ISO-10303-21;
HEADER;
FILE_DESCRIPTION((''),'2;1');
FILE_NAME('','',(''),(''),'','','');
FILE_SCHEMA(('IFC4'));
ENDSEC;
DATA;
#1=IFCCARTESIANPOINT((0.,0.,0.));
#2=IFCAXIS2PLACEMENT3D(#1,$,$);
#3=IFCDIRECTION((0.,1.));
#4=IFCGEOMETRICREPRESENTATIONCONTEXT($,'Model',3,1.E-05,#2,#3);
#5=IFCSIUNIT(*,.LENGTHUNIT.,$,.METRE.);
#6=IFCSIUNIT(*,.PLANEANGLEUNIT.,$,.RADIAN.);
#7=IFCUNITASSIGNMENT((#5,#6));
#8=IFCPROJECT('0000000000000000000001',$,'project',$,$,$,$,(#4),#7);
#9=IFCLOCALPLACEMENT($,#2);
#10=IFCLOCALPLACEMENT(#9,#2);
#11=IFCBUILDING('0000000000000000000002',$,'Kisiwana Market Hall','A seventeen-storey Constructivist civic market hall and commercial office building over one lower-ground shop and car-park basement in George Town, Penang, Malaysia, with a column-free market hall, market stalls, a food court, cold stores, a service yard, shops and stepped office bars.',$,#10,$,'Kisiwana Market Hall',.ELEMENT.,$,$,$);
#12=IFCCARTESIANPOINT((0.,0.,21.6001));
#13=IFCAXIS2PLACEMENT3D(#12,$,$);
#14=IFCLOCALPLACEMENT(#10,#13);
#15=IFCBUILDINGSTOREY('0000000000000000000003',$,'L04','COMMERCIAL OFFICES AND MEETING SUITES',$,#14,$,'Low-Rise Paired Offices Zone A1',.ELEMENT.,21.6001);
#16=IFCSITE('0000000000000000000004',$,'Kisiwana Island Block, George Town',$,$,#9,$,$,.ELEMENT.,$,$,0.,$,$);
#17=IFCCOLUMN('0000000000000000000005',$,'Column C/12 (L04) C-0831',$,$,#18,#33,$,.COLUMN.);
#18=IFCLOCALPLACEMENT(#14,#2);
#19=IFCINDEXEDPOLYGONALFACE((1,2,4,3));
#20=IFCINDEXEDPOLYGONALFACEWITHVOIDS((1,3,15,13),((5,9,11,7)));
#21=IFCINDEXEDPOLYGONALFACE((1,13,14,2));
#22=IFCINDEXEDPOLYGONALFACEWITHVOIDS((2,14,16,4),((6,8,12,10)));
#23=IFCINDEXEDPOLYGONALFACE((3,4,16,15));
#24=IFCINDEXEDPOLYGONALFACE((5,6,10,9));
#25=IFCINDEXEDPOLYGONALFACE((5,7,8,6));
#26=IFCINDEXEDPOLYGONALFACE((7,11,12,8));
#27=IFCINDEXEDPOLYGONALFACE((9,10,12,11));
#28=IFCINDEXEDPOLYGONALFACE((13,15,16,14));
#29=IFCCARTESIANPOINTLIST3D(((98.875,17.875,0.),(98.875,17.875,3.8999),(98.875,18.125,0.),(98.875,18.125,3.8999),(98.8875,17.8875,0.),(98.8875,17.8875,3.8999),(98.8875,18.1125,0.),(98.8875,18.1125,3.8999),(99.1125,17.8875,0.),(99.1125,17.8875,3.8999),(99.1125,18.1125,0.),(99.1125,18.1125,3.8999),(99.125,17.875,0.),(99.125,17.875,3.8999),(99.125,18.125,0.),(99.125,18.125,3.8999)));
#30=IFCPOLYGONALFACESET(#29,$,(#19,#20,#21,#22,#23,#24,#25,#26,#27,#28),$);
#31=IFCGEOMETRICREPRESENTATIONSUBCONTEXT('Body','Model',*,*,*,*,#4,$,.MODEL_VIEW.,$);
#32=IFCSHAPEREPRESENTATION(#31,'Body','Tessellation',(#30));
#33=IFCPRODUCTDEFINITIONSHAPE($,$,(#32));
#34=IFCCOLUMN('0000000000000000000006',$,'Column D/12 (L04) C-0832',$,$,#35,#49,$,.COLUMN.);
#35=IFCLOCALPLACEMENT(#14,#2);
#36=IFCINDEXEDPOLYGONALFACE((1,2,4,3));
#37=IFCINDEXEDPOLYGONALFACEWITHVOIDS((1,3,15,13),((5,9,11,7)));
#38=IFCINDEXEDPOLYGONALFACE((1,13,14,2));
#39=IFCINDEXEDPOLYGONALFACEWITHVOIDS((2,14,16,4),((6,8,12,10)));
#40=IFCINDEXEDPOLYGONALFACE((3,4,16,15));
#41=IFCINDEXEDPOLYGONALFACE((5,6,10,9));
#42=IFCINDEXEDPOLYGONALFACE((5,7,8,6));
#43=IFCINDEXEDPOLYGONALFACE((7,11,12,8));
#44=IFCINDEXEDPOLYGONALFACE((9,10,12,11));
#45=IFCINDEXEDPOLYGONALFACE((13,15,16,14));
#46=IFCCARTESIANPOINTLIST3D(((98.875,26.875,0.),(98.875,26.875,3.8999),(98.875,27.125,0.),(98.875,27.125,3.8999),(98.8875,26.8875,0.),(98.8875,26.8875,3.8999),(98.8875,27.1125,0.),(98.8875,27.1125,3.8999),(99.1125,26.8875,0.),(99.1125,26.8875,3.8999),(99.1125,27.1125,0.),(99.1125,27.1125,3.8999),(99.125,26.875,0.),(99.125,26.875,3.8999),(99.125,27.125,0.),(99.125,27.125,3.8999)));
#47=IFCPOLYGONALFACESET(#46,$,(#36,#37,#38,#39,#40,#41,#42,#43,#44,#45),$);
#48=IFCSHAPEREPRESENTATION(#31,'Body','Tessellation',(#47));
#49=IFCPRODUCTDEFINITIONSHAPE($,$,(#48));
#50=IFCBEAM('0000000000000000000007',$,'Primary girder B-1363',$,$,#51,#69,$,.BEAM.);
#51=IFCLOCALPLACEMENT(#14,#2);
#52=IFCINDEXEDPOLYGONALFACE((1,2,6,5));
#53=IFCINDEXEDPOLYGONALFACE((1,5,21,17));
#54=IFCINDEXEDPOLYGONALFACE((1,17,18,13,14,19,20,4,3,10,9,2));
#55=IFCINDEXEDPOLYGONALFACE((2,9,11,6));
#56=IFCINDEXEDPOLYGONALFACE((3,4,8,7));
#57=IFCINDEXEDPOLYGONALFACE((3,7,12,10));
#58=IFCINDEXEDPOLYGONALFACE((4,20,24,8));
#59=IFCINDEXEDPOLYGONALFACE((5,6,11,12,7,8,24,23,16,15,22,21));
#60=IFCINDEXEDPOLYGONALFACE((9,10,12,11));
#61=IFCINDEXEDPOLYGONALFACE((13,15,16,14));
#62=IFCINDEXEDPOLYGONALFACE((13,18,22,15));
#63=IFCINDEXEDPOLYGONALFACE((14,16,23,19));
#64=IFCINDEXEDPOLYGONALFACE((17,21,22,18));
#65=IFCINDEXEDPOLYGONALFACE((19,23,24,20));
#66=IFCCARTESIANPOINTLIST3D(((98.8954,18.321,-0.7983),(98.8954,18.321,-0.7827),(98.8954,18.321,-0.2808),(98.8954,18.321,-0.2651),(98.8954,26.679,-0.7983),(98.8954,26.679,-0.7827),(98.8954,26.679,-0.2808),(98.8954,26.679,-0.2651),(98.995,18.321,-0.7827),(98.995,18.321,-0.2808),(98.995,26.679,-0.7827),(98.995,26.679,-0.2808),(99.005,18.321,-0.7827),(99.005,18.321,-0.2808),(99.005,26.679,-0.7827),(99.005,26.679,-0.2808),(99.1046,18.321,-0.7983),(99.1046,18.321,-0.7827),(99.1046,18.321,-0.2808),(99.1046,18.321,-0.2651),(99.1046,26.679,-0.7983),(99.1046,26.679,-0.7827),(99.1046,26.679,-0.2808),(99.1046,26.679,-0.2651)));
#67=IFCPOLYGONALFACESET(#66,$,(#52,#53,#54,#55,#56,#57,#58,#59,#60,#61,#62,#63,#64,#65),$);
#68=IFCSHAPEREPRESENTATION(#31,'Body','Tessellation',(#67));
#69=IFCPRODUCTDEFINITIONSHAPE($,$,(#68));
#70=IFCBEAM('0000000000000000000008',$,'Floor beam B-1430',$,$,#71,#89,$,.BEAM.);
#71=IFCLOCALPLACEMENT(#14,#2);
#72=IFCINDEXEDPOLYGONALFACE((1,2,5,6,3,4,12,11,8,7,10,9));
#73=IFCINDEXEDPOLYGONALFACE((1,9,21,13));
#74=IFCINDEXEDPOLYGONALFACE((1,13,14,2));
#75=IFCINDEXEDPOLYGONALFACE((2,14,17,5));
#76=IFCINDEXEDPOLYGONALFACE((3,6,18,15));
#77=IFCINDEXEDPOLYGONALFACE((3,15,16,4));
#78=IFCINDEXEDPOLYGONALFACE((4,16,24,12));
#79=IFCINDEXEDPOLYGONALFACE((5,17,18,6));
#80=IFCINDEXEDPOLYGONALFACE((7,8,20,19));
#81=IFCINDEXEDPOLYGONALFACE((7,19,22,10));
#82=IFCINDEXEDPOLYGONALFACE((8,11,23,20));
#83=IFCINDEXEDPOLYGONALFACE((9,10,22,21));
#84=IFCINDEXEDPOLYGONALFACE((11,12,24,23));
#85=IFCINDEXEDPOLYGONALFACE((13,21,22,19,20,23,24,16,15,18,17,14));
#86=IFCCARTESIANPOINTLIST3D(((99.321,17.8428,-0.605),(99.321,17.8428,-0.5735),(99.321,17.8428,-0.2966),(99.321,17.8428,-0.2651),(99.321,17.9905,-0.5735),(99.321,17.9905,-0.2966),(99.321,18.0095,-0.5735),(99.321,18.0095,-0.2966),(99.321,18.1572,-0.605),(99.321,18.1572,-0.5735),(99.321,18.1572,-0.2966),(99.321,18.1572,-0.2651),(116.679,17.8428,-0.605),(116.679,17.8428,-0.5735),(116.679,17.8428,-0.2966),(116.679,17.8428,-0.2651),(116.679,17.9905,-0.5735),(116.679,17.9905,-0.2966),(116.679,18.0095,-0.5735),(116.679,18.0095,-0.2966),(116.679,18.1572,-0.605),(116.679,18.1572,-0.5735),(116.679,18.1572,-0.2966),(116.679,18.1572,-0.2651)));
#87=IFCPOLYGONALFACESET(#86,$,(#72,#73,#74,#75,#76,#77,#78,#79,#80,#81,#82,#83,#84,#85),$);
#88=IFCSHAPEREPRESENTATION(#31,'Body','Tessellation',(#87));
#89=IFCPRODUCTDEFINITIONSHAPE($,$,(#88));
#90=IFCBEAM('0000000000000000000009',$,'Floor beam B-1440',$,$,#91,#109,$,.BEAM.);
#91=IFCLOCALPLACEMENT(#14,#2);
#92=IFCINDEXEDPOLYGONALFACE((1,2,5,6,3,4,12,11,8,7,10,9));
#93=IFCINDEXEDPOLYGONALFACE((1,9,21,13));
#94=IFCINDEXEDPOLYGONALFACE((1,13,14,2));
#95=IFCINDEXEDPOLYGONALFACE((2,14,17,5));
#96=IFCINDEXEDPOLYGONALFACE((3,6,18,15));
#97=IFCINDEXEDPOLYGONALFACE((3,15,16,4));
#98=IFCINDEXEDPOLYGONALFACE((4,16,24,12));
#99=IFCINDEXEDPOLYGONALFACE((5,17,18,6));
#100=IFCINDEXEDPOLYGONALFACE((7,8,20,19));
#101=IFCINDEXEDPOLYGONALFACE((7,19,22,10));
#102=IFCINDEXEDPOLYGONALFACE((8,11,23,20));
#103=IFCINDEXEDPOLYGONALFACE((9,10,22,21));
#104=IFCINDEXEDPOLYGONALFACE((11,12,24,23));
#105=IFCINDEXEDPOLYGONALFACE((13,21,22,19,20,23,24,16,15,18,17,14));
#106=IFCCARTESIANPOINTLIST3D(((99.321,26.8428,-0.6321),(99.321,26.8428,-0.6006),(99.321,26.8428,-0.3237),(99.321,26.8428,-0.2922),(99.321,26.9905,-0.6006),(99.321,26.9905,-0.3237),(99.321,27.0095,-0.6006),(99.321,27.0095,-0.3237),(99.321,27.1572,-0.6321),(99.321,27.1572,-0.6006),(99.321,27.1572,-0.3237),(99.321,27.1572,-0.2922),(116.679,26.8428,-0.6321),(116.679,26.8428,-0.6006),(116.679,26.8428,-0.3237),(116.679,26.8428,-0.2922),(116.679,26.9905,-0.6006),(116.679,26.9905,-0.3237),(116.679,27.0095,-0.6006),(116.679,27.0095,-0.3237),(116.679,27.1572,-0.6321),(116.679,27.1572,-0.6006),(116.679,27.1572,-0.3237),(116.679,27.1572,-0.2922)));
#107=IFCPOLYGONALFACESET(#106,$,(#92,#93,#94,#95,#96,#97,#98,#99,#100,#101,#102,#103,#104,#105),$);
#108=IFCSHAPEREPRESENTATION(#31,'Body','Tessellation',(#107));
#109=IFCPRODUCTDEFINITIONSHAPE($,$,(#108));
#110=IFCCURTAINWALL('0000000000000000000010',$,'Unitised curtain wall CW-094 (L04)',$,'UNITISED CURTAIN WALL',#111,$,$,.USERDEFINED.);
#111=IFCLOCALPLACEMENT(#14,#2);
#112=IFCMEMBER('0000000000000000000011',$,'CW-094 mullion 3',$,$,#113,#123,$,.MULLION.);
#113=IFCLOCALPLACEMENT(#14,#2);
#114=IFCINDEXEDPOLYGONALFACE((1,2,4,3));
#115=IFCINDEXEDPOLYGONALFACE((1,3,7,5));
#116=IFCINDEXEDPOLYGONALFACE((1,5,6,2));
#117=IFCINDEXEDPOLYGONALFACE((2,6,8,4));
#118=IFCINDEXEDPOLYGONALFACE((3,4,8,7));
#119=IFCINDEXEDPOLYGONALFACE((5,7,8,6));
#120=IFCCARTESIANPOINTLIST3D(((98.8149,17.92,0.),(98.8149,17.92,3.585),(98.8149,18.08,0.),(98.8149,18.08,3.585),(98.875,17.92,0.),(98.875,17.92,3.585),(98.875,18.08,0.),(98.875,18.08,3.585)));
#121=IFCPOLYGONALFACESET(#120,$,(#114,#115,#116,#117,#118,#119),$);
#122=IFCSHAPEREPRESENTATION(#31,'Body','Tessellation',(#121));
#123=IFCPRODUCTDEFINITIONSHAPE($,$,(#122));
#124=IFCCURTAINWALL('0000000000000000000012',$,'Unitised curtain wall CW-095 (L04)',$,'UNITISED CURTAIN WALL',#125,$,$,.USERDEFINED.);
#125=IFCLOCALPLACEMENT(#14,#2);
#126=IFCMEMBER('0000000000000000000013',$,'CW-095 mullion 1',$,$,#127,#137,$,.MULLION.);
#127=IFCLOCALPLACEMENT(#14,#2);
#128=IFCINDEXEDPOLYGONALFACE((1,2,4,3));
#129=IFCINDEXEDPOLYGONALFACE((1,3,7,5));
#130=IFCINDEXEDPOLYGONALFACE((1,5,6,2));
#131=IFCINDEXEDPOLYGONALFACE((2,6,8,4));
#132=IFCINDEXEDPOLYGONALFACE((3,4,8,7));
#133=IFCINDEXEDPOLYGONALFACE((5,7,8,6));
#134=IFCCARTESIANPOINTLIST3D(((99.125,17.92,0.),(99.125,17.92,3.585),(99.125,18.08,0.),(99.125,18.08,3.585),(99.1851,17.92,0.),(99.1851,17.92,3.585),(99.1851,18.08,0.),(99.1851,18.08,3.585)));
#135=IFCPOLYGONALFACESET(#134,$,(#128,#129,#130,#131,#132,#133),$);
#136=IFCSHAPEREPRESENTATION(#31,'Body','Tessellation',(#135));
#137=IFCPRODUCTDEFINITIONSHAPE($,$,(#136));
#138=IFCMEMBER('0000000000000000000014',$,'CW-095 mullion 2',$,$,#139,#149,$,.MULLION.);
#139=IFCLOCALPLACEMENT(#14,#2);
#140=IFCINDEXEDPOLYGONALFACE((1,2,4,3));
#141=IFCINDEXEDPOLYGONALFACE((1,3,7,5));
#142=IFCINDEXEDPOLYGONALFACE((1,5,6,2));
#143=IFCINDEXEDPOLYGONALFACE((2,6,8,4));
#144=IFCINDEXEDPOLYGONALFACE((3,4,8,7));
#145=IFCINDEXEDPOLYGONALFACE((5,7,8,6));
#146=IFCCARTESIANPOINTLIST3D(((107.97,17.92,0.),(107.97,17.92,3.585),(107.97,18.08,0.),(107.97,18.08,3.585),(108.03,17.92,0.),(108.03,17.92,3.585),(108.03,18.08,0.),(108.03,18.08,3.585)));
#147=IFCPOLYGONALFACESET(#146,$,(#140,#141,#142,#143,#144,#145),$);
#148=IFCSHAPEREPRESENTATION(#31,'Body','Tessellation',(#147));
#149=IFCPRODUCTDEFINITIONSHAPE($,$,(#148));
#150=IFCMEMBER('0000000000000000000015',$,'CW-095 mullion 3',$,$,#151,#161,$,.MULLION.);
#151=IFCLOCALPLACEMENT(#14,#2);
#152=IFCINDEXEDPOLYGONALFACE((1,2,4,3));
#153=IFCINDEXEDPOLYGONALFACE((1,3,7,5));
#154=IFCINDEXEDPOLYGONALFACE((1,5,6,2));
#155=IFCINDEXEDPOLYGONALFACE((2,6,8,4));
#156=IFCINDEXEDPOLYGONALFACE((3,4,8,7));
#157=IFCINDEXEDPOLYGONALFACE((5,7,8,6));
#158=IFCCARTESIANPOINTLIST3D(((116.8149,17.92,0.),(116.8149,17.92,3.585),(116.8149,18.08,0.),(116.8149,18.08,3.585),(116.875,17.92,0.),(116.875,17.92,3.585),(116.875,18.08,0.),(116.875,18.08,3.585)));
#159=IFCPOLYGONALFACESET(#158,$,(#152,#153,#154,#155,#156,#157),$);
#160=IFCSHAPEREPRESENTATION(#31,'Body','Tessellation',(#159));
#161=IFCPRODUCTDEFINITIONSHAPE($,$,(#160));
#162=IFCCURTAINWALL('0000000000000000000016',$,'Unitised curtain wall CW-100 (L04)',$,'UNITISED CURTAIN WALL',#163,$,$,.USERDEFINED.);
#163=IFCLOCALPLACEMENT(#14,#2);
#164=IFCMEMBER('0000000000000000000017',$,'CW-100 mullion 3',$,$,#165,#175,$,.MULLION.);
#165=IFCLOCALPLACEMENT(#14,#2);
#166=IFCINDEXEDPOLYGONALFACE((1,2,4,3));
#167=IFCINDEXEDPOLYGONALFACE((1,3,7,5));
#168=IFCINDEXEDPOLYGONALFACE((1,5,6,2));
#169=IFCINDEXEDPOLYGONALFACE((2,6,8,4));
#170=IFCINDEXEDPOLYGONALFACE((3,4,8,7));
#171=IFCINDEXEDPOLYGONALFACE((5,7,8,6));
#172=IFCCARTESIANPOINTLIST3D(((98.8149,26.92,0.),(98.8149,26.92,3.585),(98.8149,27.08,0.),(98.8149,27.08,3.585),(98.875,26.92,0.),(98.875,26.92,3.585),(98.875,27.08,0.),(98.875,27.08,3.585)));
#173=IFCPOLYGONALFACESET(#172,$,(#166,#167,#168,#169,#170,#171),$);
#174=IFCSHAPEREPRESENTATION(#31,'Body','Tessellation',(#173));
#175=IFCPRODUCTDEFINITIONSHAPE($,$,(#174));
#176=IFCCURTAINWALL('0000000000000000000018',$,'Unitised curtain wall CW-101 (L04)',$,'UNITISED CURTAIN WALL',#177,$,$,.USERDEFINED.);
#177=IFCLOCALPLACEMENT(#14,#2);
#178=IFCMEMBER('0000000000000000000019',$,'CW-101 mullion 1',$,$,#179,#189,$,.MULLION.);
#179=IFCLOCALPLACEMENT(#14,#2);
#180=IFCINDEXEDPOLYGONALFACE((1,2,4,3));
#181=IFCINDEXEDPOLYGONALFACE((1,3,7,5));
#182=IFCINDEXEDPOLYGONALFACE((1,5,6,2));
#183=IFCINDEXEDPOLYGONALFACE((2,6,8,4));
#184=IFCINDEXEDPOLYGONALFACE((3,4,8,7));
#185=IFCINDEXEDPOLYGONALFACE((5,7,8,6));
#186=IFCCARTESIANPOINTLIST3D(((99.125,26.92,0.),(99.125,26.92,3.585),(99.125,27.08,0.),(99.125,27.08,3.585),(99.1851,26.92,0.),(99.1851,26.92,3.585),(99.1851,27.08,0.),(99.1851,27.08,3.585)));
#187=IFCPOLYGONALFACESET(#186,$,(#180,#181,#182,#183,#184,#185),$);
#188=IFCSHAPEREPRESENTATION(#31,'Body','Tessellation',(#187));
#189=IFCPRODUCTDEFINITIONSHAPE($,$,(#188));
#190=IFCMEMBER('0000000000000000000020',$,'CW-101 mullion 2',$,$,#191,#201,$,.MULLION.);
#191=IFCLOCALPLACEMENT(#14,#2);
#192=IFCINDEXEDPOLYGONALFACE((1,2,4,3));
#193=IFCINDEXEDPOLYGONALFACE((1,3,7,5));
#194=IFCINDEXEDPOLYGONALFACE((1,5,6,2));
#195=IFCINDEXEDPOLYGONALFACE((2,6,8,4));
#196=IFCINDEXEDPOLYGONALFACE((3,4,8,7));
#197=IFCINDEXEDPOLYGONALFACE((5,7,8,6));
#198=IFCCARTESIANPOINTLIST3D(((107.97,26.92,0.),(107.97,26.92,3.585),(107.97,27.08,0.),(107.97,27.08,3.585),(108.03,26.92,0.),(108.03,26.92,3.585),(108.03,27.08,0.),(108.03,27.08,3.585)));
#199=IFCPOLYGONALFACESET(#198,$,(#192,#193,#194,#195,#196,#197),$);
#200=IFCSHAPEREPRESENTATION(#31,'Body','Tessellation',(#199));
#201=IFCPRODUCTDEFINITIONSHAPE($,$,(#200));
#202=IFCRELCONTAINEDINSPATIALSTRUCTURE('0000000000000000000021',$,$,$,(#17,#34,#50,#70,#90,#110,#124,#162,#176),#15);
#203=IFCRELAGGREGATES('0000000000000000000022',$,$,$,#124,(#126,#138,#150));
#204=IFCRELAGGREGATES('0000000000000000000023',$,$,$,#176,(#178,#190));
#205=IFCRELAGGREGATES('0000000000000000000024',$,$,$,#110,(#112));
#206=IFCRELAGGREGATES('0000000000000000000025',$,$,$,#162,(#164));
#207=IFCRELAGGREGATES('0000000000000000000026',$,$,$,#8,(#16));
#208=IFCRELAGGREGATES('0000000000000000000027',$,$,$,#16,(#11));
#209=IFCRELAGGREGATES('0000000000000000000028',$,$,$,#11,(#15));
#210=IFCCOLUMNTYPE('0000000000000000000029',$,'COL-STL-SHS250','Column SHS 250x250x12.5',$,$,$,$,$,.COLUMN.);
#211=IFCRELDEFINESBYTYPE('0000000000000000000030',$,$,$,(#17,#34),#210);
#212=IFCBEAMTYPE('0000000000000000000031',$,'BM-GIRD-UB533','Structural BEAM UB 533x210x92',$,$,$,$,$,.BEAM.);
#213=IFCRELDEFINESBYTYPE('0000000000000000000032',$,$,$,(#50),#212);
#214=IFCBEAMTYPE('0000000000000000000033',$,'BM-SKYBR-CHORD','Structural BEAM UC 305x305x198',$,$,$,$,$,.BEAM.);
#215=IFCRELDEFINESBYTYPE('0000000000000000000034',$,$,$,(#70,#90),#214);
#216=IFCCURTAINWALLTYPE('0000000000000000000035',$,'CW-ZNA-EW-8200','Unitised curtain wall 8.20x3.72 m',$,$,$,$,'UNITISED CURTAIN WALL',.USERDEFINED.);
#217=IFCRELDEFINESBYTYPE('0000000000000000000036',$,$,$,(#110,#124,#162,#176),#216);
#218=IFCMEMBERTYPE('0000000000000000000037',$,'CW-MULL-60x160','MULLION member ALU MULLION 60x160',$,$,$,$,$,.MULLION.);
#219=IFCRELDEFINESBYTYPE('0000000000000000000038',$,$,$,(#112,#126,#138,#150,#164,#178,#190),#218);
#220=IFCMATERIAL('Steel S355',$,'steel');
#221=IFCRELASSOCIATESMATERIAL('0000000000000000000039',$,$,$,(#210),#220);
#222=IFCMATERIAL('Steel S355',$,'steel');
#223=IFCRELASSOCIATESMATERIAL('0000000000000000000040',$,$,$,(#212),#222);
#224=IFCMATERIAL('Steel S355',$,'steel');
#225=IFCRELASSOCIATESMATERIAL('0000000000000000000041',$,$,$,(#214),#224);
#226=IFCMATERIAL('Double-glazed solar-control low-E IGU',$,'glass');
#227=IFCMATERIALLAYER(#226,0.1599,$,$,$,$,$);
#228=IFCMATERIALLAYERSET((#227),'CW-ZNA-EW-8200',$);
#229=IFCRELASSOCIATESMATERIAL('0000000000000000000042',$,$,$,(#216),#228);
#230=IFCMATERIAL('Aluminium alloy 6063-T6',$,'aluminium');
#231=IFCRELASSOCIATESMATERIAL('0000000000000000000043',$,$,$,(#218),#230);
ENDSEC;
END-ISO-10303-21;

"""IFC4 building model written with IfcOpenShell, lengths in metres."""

from ifc_helpers import new_model, si_unit, direction, frame, origin, origin_2d, place, context, subcontext, project, spatial, rectangle, hollow_rectangle, i_section, extrude, material, layer, layer_set, material_profile, profile_set, type_object, element, aggregate, save


model = new_model("IFC4")

# Units and contexts
model_context = context("Model", 3, precision=1e-05, world=origin(), true_north=direction((0.0, 1.0)))
body_context = subcontext(model_context, "Body", "Model", "MODEL_VIEW")
ifc_project = project(units=[si_unit("LENGTHUNIT", "METRE"), si_unit("PLANEANGLEUNIT", "RADIAN")], contexts=[model_context])

# Site, building, storey
site_placement = place(None, origin())
site = spatial("IfcSite", under=ifc_project, at=site_placement, Name="Kisiwana Island Block, George Town", CompositionType="ELEMENT", RefElevation=0.0)
building_placement = place(site_placement, origin())
building = spatial("IfcBuilding", under=site, at=building_placement, Name="Kisiwana Market Hall", Description="A seventeen-storey Constructivist civic market hall and commercial office building over one lower-ground shop and car-park basement in George Town, Penang, Malaysia, with a column-free market hall, market stalls, a food court, cold stores, a service yard, shops and stepped office bars.", LongName="Kisiwana Market Hall", CompositionType="ELEMENT")
storey_placement = place(building_placement, frame((0.0, 0.0, 21.6001)))
storey = spatial("IfcBuildingStorey", under=building, at=storey_placement, Name="L04", Description="COMMERCIAL OFFICES AND MEETING SUITES", LongName="Low-Rise Paired Offices Zone A1", CompositionType="ELEMENT", Elevation=21.6001)

# Columns
ifc_material_1 = material(Name="Steel S355", Category="steel")
ifc_material_profile_1 = material_profile(ifc_material_1, hollow_rectangle(XDim=0.25, YDim=0.25, WallThickness=0.0125, at=origin_2d()), Name="SHS 250x250x12.5")
ifc_profile_set_1 = profile_set([ifc_material_profile_1], Name="Steel S355")
column_type = type_object("IfcColumnType", Name="COL-STL-SHS250", Description="Column SHS 250x250x12.5", PredefinedType="COLUMN", material=ifc_profile_set_1)
for number, where, z_axis, x_axis, name in (
    (1, (99.0, 18.0, 0.0), (0.0, 0.0, 1.0), (1.0, 0.0, 0.0), "Column C/12 (L04) C-0831"),
    (2, (99.0, 27.0, 0.0), (0.0, 0.0, 1.0), (1.0, 0.0, 0.0), "Column D/12 (L04) C-0832"),
):
    element("IfcColumn", number, at=place(storey_placement, frame(where, z_axis=z_axis, x_axis=x_axis)), inside=storey, type_object=column_type, Name=name, PredefinedType="COLUMN", context=body_context, shape_type="SweptSolid", body=[
        extrude(hollow_rectangle(XDim=0.25, YDim=0.25, WallThickness=0.0125, at=origin_2d()), origin(), (0.0, 0.0, 1.0), 3.8999),
    ])

# Beams
ifc_material_2 = material(Name="Steel S355", Category="steel")
ifc_material_profile_2 = material_profile(ifc_material_2, i_section(OverallWidth=0.2092, OverallDepth=0.5332, WebThickness=0.01, FlangeThickness=0.0156, at=origin_2d()), Name="UB 533x210x92")
ifc_profile_set_2 = profile_set([ifc_material_profile_2], Name="Steel S355")
beam_type_1 = type_object("IfcBeamType", Name="BM-GIRD-UB533", Description="Structural BEAM UB 533x210x92", PredefinedType="BEAM", material=ifc_profile_set_2)
beam_placement = place(storey_placement, frame((99.0, 18.321, -0.5317), z_axis=(0.0, 1.0, 0.0), x_axis=(-1.0, 0.0, 0.0)))
element("IfcBeam", 3, at=beam_placement, inside=storey, type_object=beam_type_1, Name="Primary girder B-1363", PredefinedType="BEAM", context=body_context, shape_type="SweptSolid", body=[
    extrude(i_section(OverallWidth=0.2092, OverallDepth=0.5332, WebThickness=0.01, FlangeThickness=0.0156, at=origin_2d()), origin(), (0.0, 0.0, 1.0), 8.3579),
])
ifc_material_3 = material(Name="Steel S355", Category="steel")
ifc_material_profile_3 = material_profile(ifc_material_3, i_section(OverallWidth=0.3145, OverallDepth=0.3398, WebThickness=0.019, FlangeThickness=0.0315, at=origin_2d()), Name="UC 305x305x198")
ifc_profile_set_3 = profile_set([ifc_material_profile_3], Name="Steel S355")
beam_type_2 = type_object("IfcBeamType", Name="BM-SKYBR-CHORD", Description="Structural BEAM UC 305x305x198", PredefinedType="BEAM", material=ifc_profile_set_3)
for number, where, z_axis, x_axis, name in (
    (4, (99.321, 18.0, -0.4351), (1.0, 0.0, 0.0), (0.0, 1.0, 0.0), "Floor beam B-1430"),
    (5, (99.321, 27.0, -0.4622), (1.0, 0.0, 0.0), (0.0, 1.0, 0.0), "Floor beam B-1440"),
):
    element("IfcBeam", number, at=place(storey_placement, frame(where, z_axis=z_axis, x_axis=x_axis)), inside=storey, type_object=beam_type_2, Name=name, PredefinedType="BEAM", context=body_context, shape_type="SweptSolid", body=[
        extrude(i_section(OverallWidth=0.3145, OverallDepth=0.3398, WebThickness=0.019, FlangeThickness=0.0315, at=origin_2d()), origin(), (0.0, 0.0, 1.0), 17.3579),
    ])

# Curtain wall, member
ifc_material_4 = material(Name="Double-glazed solar-control low-E IGU", Category="glass")
ifc_layer_1 = layer(ifc_material_4, 0.1599)
ifc_layer_set_1 = layer_set([ifc_layer_1], Name="CW-ZNA-EW-8200")
curtain_wall_type = type_object("IfcCurtainWallType", Name="CW-ZNA-EW-8200", Description="Unitised curtain wall 8.20x3.72 m", ElementType="UNITISED CURTAIN WALL", PredefinedType="USERDEFINED", material=ifc_layer_set_1)
curtain_wall_1_placement = place(storey_placement, origin())
curtain_wall_1 = element("IfcCurtainWall", 6, at=curtain_wall_1_placement, inside=storey, type_object=curtain_wall_type, Name="Unitised curtain wall CW-094 (L04)", ObjectType="UNITISED CURTAIN WALL", PredefinedType="USERDEFINED")
ifc_material_5 = material(Name="Aluminium alloy 6063-T6", Category="aluminium")
ifc_material_profile_4 = material_profile(ifc_material_5, rectangle(XDim=0.0601, YDim=0.1599, at=origin_2d()), Name="ALU MULLION 60x160")
ifc_profile_set_4 = profile_set([ifc_material_profile_4], Name="Aluminium alloy 6063-T6")
member_type_1 = type_object("IfcMemberType", Name="CW-MULL-60x160", Description="MULLION member ALU MULLION 60x160", PredefinedType="MULLION", material=ifc_profile_set_4)
member_1_placement = place(storey_placement, frame((98.845, 18.0, 0.0), z_axis=(0.0, 0.0, 1.0), x_axis=(1.0, 0.0, 0.0)))
member_1 = element("IfcMember", 7, at=member_1_placement, type_object=member_type_1, Name="CW-094 mullion 3", PredefinedType="MULLION", context=body_context, shape_type="SweptSolid", body=[
    extrude(rectangle(XDim=0.0601, YDim=0.1599, at=origin_2d()), origin(), (0.0, 0.0, 1.0), 3.585),
])

# Curtain wall, members
curtain_wall_2_placement = place(storey_placement, origin())
curtain_wall_2 = element("IfcCurtainWall", 8, at=curtain_wall_2_placement, inside=storey, type_object=curtain_wall_type, Name="Unitised curtain wall CW-095 (L04)", ObjectType="UNITISED CURTAIN WALL", PredefinedType="USERDEFINED")
member_2_placement = place(storey_placement, frame((99.155, 18.0, 0.0), z_axis=(0.0, 0.0, 1.0), x_axis=(1.0, 0.0, 0.0)))
member_2 = element("IfcMember", 9, at=member_2_placement, type_object=member_type_1, Name="CW-095 mullion 1", PredefinedType="MULLION", context=body_context, shape_type="SweptSolid", body=[
    extrude(rectangle(XDim=0.0601, YDim=0.1599, at=origin_2d()), origin(), (0.0, 0.0, 1.0), 3.585),
])
member_3_placement = place(storey_placement, frame((108.0, 18.0, 0.0), z_axis=(0.0, 0.0, 1.0), x_axis=(1.0, 0.0, 0.0)))
member_3 = element("IfcMember", 10, at=member_3_placement, type_object=member_type_1, Name="CW-095 mullion 2", PredefinedType="MULLION", context=body_context, shape_type="SweptSolid", body=[
    extrude(rectangle(XDim=0.0601, YDim=0.1599, at=origin_2d()), origin(), (0.0, 0.0, 1.0), 3.585),
])
member_4_placement = place(storey_placement, frame((116.845, 18.0, 0.0), z_axis=(0.0, 0.0, 1.0), x_axis=(1.0, 0.0, 0.0)))
member_4 = element("IfcMember", 11, at=member_4_placement, type_object=member_type_1, Name="CW-095 mullion 3", PredefinedType="MULLION", context=body_context, shape_type="SweptSolid", body=[
    extrude(rectangle(XDim=0.0601, YDim=0.1599, at=origin_2d()), origin(), (0.0, 0.0, 1.0), 3.585),
])

# Curtain wall, member
curtain_wall_3_placement = place(storey_placement, origin())
curtain_wall_3 = element("IfcCurtainWall", 12, at=curtain_wall_3_placement, inside=storey, type_object=curtain_wall_type, Name="Unitised curtain wall CW-100 (L04)", ObjectType="UNITISED CURTAIN WALL", PredefinedType="USERDEFINED")
member_5_placement = place(storey_placement, frame((98.845, 27.0, 0.0), z_axis=(0.0, 0.0, 1.0), x_axis=(1.0, 0.0, 0.0)))
member_5 = element("IfcMember", 13, at=member_5_placement, type_object=member_type_1, Name="CW-100 mullion 3", PredefinedType="MULLION", context=body_context, shape_type="SweptSolid", body=[
    extrude(rectangle(XDim=0.0601, YDim=0.1599, at=origin_2d()), origin(), (0.0, 0.0, 1.0), 3.585),
])

# Curtain wall, members
curtain_wall_4_placement = place(storey_placement, origin())
curtain_wall_4 = element("IfcCurtainWall", 14, at=curtain_wall_4_placement, inside=storey, type_object=curtain_wall_type, Name="Unitised curtain wall CW-101 (L04)", ObjectType="UNITISED CURTAIN WALL", PredefinedType="USERDEFINED")
member_6_placement = place(storey_placement, frame((99.155, 27.0, 0.0), z_axis=(0.0, 0.0, 1.0), x_axis=(1.0, 0.0, 0.0)))
member_6 = element("IfcMember", 15, at=member_6_placement, type_object=member_type_1, Name="CW-101 mullion 1", PredefinedType="MULLION", context=body_context, shape_type="SweptSolid", body=[
    extrude(rectangle(XDim=0.0601, YDim=0.1599, at=origin_2d()), origin(), (0.0, 0.0, 1.0), 3.585),
])
member_7_placement = place(storey_placement, frame((108.0, 27.0, 0.0), z_axis=(0.0, 0.0, 1.0), x_axis=(1.0, 0.0, 0.0)))
member_7 = element("IfcMember", 16, at=member_7_placement, type_object=member_type_1, Name="CW-101 mullion 2", PredefinedType="MULLION", context=body_context, shape_type="SweptSolid", body=[
    extrude(rectangle(XDim=0.0601, YDim=0.1599, at=origin_2d()), origin(), (0.0, 0.0, 1.0), 3.585),
])

aggregate(curtain_wall_2, [member_2, member_3, member_4])
aggregate(curtain_wall_4, [member_6, member_7])
aggregate(curtain_wall_1, [member_1])
aggregate(curtain_wall_3, [member_5])

save(model, "model.ifc")
